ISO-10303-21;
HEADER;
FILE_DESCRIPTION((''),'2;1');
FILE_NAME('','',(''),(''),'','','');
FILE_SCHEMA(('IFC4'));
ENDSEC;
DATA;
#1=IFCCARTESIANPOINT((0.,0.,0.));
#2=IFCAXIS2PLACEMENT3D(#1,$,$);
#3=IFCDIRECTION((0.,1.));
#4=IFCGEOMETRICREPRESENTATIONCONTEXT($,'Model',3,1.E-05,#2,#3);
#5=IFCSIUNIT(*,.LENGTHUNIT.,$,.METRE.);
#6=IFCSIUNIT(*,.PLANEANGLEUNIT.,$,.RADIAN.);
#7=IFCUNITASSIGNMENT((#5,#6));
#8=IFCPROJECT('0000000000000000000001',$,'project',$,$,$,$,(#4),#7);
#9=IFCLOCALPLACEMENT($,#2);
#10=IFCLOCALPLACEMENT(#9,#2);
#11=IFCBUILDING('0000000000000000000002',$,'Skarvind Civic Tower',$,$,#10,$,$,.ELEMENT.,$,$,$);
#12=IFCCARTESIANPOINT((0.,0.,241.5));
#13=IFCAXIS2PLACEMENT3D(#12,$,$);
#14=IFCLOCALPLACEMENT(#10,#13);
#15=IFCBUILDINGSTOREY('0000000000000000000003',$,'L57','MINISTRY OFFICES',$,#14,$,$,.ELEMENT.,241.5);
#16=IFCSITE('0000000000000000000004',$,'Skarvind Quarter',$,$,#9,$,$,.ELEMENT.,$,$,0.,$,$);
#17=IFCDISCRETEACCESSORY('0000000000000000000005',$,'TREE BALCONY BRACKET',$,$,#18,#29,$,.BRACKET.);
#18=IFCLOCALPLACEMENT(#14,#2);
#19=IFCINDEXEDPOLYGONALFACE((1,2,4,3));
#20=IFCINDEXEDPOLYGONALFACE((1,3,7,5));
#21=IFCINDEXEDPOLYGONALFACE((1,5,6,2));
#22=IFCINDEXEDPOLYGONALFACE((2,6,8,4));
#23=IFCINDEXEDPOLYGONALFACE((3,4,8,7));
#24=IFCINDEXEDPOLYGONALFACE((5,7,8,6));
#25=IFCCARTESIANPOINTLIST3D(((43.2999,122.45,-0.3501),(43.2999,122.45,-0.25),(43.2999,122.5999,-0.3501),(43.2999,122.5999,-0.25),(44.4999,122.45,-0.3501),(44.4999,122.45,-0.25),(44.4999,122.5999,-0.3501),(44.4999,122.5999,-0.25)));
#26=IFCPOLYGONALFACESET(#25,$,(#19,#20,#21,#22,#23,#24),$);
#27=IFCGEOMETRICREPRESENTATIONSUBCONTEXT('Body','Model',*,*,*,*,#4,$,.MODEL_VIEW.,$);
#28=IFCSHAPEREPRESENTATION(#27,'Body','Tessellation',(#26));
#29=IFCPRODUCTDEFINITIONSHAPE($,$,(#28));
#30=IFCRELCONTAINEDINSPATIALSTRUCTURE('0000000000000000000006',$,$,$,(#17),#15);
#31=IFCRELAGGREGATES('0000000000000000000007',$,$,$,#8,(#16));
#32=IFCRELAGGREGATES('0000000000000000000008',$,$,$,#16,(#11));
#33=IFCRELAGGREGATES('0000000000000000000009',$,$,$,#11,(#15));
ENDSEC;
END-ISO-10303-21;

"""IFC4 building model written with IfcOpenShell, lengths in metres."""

from ifc_helpers import new_model, si_unit, direction, frame, origin, origin_2d, place, context, subcontext, project, spatial, rectangle, extrude, element, save


model = new_model("IFC4")

# Units and contexts
model_context = context("Model", 3, precision=1e-05, world=origin(), true_north=direction((0.0, 1.0)))
body_context = subcontext(model_context, "Body", "Model", "MODEL_VIEW")
ifc_project = project(units=[si_unit("LENGTHUNIT", "METRE"), si_unit("PLANEANGLEUNIT", "RADIAN")], contexts=[model_context])

# Site, building, storey
site_placement = place(None, origin())
site = spatial("IfcSite", under=ifc_project, at=site_placement, Name="Skarvind Quarter", CompositionType="ELEMENT", RefElevation=0.0)
building_placement = place(site_placement, origin())
building = spatial("IfcBuilding", under=site, at=building_placement, Name="Skarvind Civic Tower", CompositionType="ELEMENT")
storey_placement = place(building_placement, frame((0.0, 0.0, 241.5)))
storey = spatial("IfcBuildingStorey", under=building, at=storey_placement, Name="L57", Description="MINISTRY OFFICES", CompositionType="ELEMENT", Elevation=241.5)

# Discrete accessory
for number, where, z_axis, x_axis, name in (
    (1, (43.8999, 122.5249, -0.3501), (0.0, 0.0, 1.0), (0.0, 1.0, 0.0), "TREE BALCONY BRACKET"),
):
    element("IfcDiscreteAccessory", number, at=place(storey_placement, frame(where, z_axis=z_axis, x_axis=x_axis)), inside=storey, Name=name, PredefinedType="BRACKET", context=body_context, shape_type="SweptSolid", body=[
        extrude(rectangle(XDim=0.1499, YDim=1.2, at=origin_2d()), origin(), (0.0, 0.0, 1.0), 0.1001),
    ])

save(model, "model.ifc")
